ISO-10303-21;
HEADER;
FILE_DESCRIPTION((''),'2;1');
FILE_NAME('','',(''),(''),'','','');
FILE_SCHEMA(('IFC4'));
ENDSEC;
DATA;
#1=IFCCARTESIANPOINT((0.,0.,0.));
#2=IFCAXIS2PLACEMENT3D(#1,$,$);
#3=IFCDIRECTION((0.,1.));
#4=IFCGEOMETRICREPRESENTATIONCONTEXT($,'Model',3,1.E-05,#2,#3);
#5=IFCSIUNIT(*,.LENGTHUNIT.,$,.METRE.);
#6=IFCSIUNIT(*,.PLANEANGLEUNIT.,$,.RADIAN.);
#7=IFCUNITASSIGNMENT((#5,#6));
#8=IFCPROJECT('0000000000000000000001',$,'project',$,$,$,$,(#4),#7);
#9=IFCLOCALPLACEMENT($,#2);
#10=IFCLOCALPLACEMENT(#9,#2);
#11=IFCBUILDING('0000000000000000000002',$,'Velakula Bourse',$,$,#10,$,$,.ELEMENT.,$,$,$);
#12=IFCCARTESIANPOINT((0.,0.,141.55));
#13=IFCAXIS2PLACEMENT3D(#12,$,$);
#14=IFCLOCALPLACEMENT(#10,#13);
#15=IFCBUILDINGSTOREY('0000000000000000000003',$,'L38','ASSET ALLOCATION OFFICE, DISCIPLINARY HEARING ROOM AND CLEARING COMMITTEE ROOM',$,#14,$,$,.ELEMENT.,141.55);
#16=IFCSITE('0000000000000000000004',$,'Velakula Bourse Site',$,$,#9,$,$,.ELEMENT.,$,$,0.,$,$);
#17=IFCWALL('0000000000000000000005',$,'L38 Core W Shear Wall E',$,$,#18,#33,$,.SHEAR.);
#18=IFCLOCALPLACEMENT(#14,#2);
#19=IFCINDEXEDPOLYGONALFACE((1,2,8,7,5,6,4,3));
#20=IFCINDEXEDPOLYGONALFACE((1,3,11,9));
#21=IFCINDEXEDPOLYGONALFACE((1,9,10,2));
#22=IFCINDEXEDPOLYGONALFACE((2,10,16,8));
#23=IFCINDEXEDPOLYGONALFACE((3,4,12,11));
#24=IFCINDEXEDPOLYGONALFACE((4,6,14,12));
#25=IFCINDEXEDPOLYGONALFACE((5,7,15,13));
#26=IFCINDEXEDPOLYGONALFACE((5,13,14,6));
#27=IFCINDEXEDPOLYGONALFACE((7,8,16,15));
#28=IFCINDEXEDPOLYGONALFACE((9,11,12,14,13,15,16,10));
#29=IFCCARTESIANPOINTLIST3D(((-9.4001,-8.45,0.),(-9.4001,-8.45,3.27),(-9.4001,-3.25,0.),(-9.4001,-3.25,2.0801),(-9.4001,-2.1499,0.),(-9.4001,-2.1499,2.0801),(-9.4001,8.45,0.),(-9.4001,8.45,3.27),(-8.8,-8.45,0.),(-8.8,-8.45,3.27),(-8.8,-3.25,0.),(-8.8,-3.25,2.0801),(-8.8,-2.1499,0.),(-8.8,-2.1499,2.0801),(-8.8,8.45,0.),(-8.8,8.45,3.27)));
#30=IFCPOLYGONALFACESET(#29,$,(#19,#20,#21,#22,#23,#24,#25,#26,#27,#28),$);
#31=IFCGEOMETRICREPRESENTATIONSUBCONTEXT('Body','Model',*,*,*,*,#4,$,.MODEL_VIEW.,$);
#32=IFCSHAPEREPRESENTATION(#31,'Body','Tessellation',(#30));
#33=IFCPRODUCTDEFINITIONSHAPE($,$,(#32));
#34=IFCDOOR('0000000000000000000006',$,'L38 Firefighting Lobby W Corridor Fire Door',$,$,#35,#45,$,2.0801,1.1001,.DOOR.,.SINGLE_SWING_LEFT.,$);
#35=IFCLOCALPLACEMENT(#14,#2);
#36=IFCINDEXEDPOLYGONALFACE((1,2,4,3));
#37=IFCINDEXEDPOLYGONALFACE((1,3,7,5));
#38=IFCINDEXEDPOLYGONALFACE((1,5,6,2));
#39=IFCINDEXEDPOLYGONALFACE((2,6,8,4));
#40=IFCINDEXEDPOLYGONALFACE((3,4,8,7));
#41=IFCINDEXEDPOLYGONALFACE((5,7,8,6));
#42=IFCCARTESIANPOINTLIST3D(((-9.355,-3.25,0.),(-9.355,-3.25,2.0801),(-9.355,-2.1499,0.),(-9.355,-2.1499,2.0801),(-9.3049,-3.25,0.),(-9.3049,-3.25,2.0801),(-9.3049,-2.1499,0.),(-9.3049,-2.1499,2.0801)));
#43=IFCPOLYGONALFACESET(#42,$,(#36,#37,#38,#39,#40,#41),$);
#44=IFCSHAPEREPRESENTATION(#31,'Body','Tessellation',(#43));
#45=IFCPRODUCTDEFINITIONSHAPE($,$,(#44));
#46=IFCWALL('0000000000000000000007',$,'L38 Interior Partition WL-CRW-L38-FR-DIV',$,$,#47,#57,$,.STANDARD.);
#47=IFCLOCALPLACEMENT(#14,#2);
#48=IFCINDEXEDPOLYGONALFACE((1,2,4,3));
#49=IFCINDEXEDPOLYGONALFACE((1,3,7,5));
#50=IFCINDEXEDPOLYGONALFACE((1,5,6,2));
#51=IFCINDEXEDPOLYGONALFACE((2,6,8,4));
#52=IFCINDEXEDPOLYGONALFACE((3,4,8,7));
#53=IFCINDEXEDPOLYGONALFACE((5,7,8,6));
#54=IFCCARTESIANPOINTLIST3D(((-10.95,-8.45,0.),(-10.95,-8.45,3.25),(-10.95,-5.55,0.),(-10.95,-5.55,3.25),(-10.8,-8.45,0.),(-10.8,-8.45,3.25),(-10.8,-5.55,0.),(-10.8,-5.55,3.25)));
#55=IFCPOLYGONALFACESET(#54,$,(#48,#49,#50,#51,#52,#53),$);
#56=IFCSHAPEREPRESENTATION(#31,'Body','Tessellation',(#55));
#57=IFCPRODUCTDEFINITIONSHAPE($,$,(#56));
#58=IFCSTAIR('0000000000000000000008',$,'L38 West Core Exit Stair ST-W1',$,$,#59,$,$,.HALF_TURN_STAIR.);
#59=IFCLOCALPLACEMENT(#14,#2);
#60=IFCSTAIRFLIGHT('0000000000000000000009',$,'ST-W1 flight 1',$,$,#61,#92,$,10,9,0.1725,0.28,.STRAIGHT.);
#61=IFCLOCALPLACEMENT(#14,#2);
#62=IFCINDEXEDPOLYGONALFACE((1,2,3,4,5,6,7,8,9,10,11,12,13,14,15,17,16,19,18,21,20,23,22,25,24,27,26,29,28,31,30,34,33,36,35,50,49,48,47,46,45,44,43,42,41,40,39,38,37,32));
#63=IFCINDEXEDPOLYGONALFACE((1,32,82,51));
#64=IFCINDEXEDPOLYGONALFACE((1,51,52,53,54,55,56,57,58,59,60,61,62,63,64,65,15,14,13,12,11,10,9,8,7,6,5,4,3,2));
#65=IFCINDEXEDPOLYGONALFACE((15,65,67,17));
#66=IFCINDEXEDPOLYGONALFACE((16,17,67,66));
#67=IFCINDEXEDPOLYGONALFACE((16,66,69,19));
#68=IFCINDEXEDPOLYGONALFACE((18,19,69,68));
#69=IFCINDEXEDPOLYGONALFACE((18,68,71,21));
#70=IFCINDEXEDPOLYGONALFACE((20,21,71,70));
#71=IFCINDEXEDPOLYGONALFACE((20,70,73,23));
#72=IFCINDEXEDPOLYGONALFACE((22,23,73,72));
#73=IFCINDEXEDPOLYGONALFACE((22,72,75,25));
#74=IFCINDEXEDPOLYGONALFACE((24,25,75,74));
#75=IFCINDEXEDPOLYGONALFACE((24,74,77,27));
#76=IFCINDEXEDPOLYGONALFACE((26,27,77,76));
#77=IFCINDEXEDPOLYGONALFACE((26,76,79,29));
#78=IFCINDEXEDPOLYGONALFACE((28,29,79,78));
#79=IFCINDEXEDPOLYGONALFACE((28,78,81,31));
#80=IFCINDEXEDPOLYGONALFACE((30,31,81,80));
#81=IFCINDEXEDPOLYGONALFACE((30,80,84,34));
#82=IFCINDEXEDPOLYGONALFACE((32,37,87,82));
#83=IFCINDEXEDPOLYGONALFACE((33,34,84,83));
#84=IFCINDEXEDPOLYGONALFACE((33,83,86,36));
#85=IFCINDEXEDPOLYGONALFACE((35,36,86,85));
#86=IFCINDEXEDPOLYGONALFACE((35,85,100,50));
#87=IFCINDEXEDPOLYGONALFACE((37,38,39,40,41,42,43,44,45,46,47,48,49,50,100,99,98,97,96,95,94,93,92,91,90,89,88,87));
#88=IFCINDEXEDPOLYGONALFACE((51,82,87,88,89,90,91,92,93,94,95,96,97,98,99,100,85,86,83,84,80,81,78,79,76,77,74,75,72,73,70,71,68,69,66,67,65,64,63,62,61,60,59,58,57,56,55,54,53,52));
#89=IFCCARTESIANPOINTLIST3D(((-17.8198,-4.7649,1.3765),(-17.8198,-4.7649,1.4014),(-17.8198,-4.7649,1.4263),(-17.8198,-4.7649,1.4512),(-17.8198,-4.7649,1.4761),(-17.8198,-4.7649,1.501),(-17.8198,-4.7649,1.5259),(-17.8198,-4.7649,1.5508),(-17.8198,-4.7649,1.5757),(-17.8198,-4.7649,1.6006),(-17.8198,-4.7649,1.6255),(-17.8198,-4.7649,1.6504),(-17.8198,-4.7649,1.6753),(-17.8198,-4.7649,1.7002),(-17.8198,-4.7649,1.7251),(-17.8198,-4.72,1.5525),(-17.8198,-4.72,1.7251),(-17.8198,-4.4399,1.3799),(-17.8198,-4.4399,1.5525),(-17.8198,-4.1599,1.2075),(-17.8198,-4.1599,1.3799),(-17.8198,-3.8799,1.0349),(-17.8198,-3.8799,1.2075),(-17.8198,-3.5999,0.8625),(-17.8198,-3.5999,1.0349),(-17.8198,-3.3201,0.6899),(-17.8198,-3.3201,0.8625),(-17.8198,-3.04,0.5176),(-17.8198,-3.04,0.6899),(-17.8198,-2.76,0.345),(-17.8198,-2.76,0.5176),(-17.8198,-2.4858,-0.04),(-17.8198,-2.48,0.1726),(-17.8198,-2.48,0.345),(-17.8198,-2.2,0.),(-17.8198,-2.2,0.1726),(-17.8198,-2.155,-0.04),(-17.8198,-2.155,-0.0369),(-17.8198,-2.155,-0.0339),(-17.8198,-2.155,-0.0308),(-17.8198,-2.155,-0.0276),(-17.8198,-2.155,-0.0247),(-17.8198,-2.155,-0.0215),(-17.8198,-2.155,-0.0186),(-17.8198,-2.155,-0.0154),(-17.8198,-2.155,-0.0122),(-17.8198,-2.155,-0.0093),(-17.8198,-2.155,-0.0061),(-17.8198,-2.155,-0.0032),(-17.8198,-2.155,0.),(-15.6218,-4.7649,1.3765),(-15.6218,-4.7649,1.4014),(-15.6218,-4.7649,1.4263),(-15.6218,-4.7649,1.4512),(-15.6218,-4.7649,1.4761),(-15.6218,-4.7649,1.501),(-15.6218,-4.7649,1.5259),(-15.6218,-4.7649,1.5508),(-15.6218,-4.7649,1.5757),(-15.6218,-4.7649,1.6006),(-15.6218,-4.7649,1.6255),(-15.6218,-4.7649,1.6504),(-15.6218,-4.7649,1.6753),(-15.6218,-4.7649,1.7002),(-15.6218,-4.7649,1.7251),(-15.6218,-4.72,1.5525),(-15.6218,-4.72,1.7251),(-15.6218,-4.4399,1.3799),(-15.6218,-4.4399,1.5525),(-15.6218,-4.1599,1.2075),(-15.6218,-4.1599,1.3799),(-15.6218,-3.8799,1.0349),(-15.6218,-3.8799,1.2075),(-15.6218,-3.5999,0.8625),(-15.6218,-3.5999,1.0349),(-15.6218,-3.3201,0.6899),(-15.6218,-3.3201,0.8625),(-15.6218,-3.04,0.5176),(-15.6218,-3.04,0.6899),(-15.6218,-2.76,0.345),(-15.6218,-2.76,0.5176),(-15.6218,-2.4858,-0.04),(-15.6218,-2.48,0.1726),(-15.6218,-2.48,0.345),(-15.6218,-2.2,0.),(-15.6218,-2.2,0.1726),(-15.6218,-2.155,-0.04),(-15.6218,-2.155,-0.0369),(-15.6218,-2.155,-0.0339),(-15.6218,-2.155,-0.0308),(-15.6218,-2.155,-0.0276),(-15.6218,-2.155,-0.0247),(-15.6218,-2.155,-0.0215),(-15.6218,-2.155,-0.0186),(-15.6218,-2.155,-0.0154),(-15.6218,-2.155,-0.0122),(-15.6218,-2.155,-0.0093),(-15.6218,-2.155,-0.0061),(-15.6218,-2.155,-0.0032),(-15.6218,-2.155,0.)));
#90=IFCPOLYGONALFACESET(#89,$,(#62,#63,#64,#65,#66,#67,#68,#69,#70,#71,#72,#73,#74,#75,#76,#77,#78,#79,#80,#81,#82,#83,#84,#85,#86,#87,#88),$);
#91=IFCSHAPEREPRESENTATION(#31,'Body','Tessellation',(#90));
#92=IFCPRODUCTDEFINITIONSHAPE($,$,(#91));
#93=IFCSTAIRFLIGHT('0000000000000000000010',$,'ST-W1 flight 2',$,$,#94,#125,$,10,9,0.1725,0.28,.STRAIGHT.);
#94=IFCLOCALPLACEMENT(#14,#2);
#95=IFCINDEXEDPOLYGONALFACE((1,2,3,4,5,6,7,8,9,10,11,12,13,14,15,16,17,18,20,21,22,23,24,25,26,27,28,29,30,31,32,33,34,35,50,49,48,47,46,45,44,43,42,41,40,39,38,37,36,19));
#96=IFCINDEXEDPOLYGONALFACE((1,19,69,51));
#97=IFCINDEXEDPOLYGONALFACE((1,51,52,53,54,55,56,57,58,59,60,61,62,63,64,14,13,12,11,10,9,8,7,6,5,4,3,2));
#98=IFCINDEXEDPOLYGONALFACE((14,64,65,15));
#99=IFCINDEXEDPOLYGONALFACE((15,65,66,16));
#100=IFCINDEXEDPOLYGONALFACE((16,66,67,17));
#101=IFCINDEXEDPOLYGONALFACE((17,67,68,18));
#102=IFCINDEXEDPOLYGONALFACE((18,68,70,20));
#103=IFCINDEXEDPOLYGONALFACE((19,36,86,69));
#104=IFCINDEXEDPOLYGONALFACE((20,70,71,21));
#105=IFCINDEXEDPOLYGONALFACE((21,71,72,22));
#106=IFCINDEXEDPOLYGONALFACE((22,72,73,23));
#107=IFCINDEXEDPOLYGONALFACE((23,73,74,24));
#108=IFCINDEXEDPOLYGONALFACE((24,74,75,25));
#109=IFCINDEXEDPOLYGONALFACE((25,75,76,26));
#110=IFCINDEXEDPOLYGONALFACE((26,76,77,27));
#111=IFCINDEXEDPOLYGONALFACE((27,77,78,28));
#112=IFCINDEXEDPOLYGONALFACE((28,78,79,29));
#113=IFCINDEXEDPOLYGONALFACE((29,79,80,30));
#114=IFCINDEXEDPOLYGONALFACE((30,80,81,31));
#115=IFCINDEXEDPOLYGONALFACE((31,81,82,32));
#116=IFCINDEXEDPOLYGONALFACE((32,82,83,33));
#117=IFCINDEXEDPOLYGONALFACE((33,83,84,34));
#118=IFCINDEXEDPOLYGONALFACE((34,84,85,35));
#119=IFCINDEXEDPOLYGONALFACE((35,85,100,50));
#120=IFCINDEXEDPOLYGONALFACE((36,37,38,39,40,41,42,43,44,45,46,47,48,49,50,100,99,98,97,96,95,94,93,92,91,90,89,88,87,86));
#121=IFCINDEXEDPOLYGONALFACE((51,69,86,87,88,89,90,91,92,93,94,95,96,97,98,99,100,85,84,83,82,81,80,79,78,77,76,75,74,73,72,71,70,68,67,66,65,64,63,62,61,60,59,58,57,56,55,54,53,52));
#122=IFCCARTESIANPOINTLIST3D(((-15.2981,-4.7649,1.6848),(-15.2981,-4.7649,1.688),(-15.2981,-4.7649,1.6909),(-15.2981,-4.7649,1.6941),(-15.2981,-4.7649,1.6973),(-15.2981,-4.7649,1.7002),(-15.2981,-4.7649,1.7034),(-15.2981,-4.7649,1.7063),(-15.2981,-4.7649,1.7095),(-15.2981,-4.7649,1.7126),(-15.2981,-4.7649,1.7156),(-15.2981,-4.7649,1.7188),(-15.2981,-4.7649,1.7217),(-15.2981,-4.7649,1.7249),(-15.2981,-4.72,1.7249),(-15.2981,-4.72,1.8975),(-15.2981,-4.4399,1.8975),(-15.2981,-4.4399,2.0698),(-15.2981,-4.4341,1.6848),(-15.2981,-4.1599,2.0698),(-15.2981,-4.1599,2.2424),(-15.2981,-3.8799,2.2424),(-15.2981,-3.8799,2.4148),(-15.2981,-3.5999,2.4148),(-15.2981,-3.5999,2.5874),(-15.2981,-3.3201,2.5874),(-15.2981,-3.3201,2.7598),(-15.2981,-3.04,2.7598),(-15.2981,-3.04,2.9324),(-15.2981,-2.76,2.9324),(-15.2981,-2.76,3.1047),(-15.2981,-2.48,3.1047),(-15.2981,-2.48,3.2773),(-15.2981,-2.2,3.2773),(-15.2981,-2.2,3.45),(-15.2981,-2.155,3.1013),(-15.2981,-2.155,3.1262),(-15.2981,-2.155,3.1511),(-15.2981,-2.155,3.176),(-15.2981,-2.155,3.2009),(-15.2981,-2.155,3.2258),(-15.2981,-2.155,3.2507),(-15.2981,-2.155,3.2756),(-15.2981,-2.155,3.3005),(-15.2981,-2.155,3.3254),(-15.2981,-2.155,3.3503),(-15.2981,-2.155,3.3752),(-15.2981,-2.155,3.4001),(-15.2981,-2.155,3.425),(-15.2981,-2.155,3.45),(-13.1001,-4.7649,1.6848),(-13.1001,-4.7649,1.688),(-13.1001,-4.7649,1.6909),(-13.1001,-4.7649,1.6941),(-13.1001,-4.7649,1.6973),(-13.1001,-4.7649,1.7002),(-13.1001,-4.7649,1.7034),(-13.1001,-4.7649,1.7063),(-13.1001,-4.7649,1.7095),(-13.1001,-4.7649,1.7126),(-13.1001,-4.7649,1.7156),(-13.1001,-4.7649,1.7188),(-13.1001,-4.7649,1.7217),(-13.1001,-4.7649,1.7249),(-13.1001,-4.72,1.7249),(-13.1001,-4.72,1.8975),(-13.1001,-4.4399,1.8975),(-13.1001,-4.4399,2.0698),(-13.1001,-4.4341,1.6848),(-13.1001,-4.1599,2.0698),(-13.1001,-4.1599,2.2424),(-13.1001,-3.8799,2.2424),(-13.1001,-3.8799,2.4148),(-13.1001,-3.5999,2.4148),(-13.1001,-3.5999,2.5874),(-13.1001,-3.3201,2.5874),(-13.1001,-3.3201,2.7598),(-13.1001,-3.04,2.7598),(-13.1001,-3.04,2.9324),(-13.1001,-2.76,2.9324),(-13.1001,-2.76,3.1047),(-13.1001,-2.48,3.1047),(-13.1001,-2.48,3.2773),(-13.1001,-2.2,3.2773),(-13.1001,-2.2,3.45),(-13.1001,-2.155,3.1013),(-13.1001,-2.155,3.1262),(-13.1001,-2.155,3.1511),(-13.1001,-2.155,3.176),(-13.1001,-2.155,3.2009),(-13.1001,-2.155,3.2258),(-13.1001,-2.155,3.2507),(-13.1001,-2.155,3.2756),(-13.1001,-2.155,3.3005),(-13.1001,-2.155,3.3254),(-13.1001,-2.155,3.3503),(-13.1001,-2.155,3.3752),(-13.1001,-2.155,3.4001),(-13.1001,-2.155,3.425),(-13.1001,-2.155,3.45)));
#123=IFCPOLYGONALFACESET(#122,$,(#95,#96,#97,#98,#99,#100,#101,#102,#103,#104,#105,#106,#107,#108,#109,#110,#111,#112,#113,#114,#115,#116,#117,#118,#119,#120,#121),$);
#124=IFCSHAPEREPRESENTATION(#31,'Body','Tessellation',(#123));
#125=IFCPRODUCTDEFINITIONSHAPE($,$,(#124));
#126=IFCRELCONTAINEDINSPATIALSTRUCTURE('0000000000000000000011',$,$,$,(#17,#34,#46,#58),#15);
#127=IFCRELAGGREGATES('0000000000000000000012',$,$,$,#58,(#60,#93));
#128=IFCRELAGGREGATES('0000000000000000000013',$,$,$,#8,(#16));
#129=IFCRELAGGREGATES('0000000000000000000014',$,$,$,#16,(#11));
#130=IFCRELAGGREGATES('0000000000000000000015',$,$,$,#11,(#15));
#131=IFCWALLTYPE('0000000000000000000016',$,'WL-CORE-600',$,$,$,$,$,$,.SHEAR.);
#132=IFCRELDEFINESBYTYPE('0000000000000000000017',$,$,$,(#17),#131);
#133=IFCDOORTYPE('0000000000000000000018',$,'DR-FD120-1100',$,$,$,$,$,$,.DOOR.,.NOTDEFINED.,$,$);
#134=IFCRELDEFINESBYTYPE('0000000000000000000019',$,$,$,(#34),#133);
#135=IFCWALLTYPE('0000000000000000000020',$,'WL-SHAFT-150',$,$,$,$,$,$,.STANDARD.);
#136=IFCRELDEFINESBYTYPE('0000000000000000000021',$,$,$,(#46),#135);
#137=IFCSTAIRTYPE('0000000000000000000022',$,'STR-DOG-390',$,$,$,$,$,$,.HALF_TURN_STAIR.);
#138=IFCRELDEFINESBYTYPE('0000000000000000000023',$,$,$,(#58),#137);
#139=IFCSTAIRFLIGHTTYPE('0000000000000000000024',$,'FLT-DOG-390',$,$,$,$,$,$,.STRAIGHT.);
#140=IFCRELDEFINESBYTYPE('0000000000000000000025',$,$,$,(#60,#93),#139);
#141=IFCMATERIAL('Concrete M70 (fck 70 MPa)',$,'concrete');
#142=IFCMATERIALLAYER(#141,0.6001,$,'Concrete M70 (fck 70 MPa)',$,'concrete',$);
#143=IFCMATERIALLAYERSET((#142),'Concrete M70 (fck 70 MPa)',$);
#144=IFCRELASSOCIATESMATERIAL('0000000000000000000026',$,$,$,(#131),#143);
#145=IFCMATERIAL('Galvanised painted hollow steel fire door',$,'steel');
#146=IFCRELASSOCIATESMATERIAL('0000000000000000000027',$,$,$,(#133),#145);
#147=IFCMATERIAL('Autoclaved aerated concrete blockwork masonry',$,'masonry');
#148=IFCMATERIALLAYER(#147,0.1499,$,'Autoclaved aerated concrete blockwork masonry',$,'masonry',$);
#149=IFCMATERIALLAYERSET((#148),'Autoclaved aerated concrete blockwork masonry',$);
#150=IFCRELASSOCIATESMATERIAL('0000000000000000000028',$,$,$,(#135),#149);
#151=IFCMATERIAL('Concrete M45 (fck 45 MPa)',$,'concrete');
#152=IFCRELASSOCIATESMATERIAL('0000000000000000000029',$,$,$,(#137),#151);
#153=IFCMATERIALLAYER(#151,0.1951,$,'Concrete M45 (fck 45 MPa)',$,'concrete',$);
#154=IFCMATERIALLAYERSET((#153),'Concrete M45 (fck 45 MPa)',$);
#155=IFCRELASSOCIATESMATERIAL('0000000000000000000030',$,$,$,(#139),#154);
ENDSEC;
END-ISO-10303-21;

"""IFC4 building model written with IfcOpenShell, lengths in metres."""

from ifc_helpers import new_model, si_unit, direction, frame, frame_2d, origin, place, context, subcontext, project, spatial, polyline, rectangle, outline, extrude, material, layer, layer_set, type_object, element, fill, aggregate, save


model = new_model("IFC4")

# Units and contexts
model_context = context("Model", 3, precision=1e-05, world=origin(), true_north=direction((0.0, 1.0)))
body_context = subcontext(model_context, "Body", "Model", "MODEL_VIEW")
ifc_project = project(units=[si_unit("LENGTHUNIT", "METRE"), si_unit("PLANEANGLEUNIT", "RADIAN")], contexts=[model_context])

# Site, building, storey
site_placement = place(None, origin())
site = spatial("IfcSite", under=ifc_project, at=site_placement, Name="Velakula Bourse Site", CompositionType="ELEMENT", RefElevation=0.0)
building_placement = place(site_placement, origin())
building = spatial("IfcBuilding", under=site, at=building_placement, Name="Velakula Bourse", CompositionType="ELEMENT")
storey_placement = place(building_placement, frame((0.0, 0.0, 141.55)))
storey = spatial("IfcBuildingStorey", under=building, at=storey_placement, Name="L38", Description="ASSET ALLOCATION OFFICE, DISCIPLINARY HEARING ROOM AND CLEARING COMMITTEE ROOM", CompositionType="ELEMENT", Elevation=141.55)

# Shared definitions
ifc_material_1 = material(Name="Concrete M70 (fck 70 MPa)", Category="concrete")

# Shared definitions
ifc_material_2 = material(Name="Galvanised painted hollow steel fire door", Category="steel")

# Shared definitions
ifc_layer_1 = layer(ifc_material_1, 0.6001, Name="Concrete M70 (fck 70 MPa)", Category="concrete")
ifc_layer_set_1 = layer_set([ifc_layer_1], Name="Concrete M70 (fck 70 MPa)")
wall_type_1 = type_object("IfcWallType", Name="WL-CORE-600", PredefinedType="SHEAR", material=ifc_layer_set_1)

# Wall, opening, door
wall_1_placement = place(storey_placement, frame((-9.1001, -8.45, 0.0), z_axis=(0.0, 0.0, 1.0), x_axis=(0.0, 1.0, 0.0)))
wall_1 = element("IfcWall", 1, at=wall_1_placement, inside=storey, type_object=wall_type_1, Name="L38 Core W Shear Wall E", PredefinedType="SHEAR", context=body_context, shape_type="SweptSolid", body=[
    extrude(rectangle(XDim=16.8999, YDim=0.6001, at=frame_2d((8.45, 0.0))), origin(), (0.0, 0.0, 1.0), 3.27),
])
opening_1_placement = place(wall_1_placement, frame((5.2, 0.0, 0.0)))
opening_1 = element("IfcOpeningElement", 2, at=opening_1_placement, cuts=wall_1, PredefinedType="OPENING", context=body_context, shape_type="SweptSolid", body=[
    extrude(rectangle(XDim=1.1001, YDim=2.0801, at=frame_2d((0.55, 1.04))), frame((0.0, 0.3101, 0.0), z_axis=(0.0, -1.0, 0.0), x_axis=(1.0, 0.0, 0.0)), (0.0, 0.0, 1.0), 0.6201),
])
door_type_1 = type_object("IfcDoorType", Name="DR-FD120-1100", OperationType="NOTDEFINED", PredefinedType="DOOR", material=ifc_material_2)
door_1_placement = place(opening_1_placement, origin())
door_1 = element("IfcDoor", 3, at=door_1_placement, inside=storey, type_object=door_type_1, Name="L38 Firefighting Lobby W Corridor Fire Door", OperationType="SINGLE_SWING_LEFT", OverallHeight=2.0801, OverallWidth=1.1001, PredefinedType="DOOR", context=body_context, shape_type="SweptSolid", body=[
    extrude(rectangle(XDim=1.1001, YDim=2.0801, at=frame_2d((0.55, 1.04))), frame((0.0, 0.2549, 0.0), z_axis=(0.0, -1.0, 0.0), x_axis=(1.0, 0.0, 0.0)), (0.0, 0.0, 1.0), 0.05),
])
fill(opening_1, door_1)

# Shared definitions
ifc_material_3 = material(Name="Autoclaved aerated concrete blockwork masonry", Category="masonry")
ifc_layer_2 = layer(ifc_material_3, 0.1499, Name="Autoclaved aerated concrete blockwork masonry", Category="masonry")
ifc_layer_set_2 = layer_set([ifc_layer_2], Name="Autoclaved aerated concrete blockwork masonry")
wall_type_2 = type_object("IfcWallType", Name="WL-SHAFT-150", PredefinedType="STANDARD", material=ifc_layer_set_2)

# Wall
wall_2_placement = place(storey_placement, frame((-10.875, -8.45, 0.0), z_axis=(0.0, 0.0, 1.0), x_axis=(0.0, 1.0, 0.0)))
element("IfcWall", 4, at=wall_2_placement, inside=storey, type_object=wall_type_2, Name="L38 Interior Partition WL-CRW-L38-FR-DIV", PredefinedType="STANDARD", context=body_context, shape_type="SweptSolid", body=[
    extrude(rectangle(XDim=2.8999, YDim=0.1499, at=frame_2d((1.45, 0.0))), origin(), (0.0, 0.0, 1.0), 3.25),
])

# Stair, stair flights
ifc_material_4 = material(Name="Concrete M45 (fck 45 MPa)", Category="concrete")
stair_type = type_object("IfcStairType", Name="STR-DOG-390", PredefinedType="HALF_TURN_STAIR", material=ifc_material_4)
stair_placement = place(storey_placement, origin())
stair = element("IfcStair", 5, at=stair_placement, inside=storey, type_object=stair_type, Name="L38 West Core Exit Stair ST-W1", PredefinedType="HALF_TURN_STAIR")
ifc_layer_3 = layer(ifc_material_4, 0.1951, Name="Concrete M45 (fck 45 MPa)", Category="concrete")
ifc_layer_set_3 = layer_set([ifc_layer_3], Name="Concrete M45 (fck 45 MPa)")
stair_flight_type = type_object("IfcStairFlightType", Name="FLT-DOG-390", PredefinedType="STRAIGHT", material=ifc_layer_set_3)
stair_flight_1_placement = place(storey_placement, frame((-16.7209, -2.2, 0.0), z_axis=(0.0, 0.0, 1.0), x_axis=(0.0, -1.0, 0.0)))
stair_flight_1 = element("IfcStairFlight", 6, at=stair_flight_1_placement, type_object=stair_flight_type, Name="ST-W1 flight 1", NumberOfRisers=10, NumberOfTreads=9, PredefinedType="STRAIGHT", RiserHeight=0.1725, TreadLength=0.28, context=body_context, shape_type="SweptSolid", body=[
    extrude(outline(polyline([(-0.0449, -0.04), (-0.0449, -0.0369), (-0.0449, -0.0339), (-0.0449, -0.0308), (-0.0449, -0.0276), (-0.0449, -0.0247), (-0.0449, -0.0215), (-0.0449, -0.0186), (-0.0449, -0.0154), (-0.0449, -0.0122), (-0.0449, -0.0093), (-0.0449, -0.0061), (-0.0449, -0.0032), (-0.0449, 0.0), (0.0, 0.0), (0.0, 0.1726), (0.28, 0.1726), (0.28, 0.345), (0.5601, 0.345), (0.5601, 0.5176), (0.8401, 0.5176), (0.8401, 0.6899), (1.1201, 0.6899), (1.1201, 0.8625), (1.3999, 0.8625), (1.3999, 1.0349), (1.6799, 1.0349), (1.6799, 1.2075), (1.96, 1.2075), (1.96, 1.3799), (2.24, 1.3799), (2.24, 1.5525), (2.52, 1.5525), (2.52, 1.7251), (2.5649, 1.7251), (2.5649, 1.7002), (2.5649, 1.6753), (2.5649, 1.6504), (2.5649, 1.6255), (2.5649, 1.6006), (2.5649, 1.5757), (2.5649, 1.5508), (2.5649, 1.5259), (2.5649, 1.501), (2.5649, 1.4761), (2.5649, 1.4512), (2.5649, 1.4263), (2.5649, 1.4014), (2.5649, 1.3765), (0.2859, -0.04), (-0.0449, -0.04)])), frame((0.0, 1.0991, 0.0), z_axis=(0.0, -1.0, 0.0), x_axis=(1.0, 0.0, 0.0)), (0.0, 0.0, 1.0), 2.198),
])
stair_flight_2_placement = place(storey_placement, frame((-14.199, -4.72, 1.7249), z_axis=(0.0, 0.0, 1.0), x_axis=(0.0, 1.0, 0.0)))
stair_flight_2 = element("IfcStairFlight", 7, at=stair_flight_2_placement, type_object=stair_flight_type, Name="ST-W1 flight 2", NumberOfRisers=10, NumberOfTreads=9, PredefinedType="STRAIGHT", RiserHeight=0.1725, TreadLength=0.28, context=body_context, shape_type="SweptSolid", body=[
    extrude(outline(polyline([(-0.0449, -0.04), (-0.0449, -0.0369), (-0.0449, -0.0339), (-0.0449, -0.0308), (-0.0449, -0.0276), (-0.0449, -0.0247), (-0.0449, -0.0215), (-0.0449, -0.0186), (-0.0449, -0.0154), (-0.0449, -0.0122), (-0.0449, -0.0093), (-0.0449, -0.0061), (-0.0449, -0.0032), (-0.0449, 0.0), (0.0, 0.0), (0.0, 0.1726), (0.28, 0.1726), (0.28, 0.345), (0.5601, 0.345), (0.5601, 0.5176), (0.8401, 0.5176), (0.8401, 0.6899), (1.1201, 0.6899), (1.1201, 0.8625), (1.3999, 0.8625), (1.3999, 1.0349), (1.6799, 1.0349), (1.6799, 1.2075), (1.96, 1.2075), (1.96, 1.3799), (2.24, 1.3799), (2.24, 1.5525), (2.52, 1.5525), (2.52, 1.7251), (2.5649, 1.7251), (2.5649, 1.7002), (2.5649, 1.6753), (2.5649, 1.6504), (2.5649, 1.6255), (2.5649, 1.6006), (2.5649, 1.5757), (2.5649, 1.5508), (2.5649, 1.5259), (2.5649, 1.501), (2.5649, 1.4761), (2.5649, 1.4512), (2.5649, 1.4263), (2.5649, 1.4014), (2.5649, 1.3765), (0.2859, -0.04), (-0.0449, -0.04)])), frame((0.0, 1.0991, 0.0), z_axis=(0.0, -1.0, 0.0), x_axis=(1.0, 0.0, 0.0)), (0.0, 0.0, 1.0), 2.198),
])
aggregate(stair, [stair_flight_1, stair_flight_2])

save(model, "model.ifc")
